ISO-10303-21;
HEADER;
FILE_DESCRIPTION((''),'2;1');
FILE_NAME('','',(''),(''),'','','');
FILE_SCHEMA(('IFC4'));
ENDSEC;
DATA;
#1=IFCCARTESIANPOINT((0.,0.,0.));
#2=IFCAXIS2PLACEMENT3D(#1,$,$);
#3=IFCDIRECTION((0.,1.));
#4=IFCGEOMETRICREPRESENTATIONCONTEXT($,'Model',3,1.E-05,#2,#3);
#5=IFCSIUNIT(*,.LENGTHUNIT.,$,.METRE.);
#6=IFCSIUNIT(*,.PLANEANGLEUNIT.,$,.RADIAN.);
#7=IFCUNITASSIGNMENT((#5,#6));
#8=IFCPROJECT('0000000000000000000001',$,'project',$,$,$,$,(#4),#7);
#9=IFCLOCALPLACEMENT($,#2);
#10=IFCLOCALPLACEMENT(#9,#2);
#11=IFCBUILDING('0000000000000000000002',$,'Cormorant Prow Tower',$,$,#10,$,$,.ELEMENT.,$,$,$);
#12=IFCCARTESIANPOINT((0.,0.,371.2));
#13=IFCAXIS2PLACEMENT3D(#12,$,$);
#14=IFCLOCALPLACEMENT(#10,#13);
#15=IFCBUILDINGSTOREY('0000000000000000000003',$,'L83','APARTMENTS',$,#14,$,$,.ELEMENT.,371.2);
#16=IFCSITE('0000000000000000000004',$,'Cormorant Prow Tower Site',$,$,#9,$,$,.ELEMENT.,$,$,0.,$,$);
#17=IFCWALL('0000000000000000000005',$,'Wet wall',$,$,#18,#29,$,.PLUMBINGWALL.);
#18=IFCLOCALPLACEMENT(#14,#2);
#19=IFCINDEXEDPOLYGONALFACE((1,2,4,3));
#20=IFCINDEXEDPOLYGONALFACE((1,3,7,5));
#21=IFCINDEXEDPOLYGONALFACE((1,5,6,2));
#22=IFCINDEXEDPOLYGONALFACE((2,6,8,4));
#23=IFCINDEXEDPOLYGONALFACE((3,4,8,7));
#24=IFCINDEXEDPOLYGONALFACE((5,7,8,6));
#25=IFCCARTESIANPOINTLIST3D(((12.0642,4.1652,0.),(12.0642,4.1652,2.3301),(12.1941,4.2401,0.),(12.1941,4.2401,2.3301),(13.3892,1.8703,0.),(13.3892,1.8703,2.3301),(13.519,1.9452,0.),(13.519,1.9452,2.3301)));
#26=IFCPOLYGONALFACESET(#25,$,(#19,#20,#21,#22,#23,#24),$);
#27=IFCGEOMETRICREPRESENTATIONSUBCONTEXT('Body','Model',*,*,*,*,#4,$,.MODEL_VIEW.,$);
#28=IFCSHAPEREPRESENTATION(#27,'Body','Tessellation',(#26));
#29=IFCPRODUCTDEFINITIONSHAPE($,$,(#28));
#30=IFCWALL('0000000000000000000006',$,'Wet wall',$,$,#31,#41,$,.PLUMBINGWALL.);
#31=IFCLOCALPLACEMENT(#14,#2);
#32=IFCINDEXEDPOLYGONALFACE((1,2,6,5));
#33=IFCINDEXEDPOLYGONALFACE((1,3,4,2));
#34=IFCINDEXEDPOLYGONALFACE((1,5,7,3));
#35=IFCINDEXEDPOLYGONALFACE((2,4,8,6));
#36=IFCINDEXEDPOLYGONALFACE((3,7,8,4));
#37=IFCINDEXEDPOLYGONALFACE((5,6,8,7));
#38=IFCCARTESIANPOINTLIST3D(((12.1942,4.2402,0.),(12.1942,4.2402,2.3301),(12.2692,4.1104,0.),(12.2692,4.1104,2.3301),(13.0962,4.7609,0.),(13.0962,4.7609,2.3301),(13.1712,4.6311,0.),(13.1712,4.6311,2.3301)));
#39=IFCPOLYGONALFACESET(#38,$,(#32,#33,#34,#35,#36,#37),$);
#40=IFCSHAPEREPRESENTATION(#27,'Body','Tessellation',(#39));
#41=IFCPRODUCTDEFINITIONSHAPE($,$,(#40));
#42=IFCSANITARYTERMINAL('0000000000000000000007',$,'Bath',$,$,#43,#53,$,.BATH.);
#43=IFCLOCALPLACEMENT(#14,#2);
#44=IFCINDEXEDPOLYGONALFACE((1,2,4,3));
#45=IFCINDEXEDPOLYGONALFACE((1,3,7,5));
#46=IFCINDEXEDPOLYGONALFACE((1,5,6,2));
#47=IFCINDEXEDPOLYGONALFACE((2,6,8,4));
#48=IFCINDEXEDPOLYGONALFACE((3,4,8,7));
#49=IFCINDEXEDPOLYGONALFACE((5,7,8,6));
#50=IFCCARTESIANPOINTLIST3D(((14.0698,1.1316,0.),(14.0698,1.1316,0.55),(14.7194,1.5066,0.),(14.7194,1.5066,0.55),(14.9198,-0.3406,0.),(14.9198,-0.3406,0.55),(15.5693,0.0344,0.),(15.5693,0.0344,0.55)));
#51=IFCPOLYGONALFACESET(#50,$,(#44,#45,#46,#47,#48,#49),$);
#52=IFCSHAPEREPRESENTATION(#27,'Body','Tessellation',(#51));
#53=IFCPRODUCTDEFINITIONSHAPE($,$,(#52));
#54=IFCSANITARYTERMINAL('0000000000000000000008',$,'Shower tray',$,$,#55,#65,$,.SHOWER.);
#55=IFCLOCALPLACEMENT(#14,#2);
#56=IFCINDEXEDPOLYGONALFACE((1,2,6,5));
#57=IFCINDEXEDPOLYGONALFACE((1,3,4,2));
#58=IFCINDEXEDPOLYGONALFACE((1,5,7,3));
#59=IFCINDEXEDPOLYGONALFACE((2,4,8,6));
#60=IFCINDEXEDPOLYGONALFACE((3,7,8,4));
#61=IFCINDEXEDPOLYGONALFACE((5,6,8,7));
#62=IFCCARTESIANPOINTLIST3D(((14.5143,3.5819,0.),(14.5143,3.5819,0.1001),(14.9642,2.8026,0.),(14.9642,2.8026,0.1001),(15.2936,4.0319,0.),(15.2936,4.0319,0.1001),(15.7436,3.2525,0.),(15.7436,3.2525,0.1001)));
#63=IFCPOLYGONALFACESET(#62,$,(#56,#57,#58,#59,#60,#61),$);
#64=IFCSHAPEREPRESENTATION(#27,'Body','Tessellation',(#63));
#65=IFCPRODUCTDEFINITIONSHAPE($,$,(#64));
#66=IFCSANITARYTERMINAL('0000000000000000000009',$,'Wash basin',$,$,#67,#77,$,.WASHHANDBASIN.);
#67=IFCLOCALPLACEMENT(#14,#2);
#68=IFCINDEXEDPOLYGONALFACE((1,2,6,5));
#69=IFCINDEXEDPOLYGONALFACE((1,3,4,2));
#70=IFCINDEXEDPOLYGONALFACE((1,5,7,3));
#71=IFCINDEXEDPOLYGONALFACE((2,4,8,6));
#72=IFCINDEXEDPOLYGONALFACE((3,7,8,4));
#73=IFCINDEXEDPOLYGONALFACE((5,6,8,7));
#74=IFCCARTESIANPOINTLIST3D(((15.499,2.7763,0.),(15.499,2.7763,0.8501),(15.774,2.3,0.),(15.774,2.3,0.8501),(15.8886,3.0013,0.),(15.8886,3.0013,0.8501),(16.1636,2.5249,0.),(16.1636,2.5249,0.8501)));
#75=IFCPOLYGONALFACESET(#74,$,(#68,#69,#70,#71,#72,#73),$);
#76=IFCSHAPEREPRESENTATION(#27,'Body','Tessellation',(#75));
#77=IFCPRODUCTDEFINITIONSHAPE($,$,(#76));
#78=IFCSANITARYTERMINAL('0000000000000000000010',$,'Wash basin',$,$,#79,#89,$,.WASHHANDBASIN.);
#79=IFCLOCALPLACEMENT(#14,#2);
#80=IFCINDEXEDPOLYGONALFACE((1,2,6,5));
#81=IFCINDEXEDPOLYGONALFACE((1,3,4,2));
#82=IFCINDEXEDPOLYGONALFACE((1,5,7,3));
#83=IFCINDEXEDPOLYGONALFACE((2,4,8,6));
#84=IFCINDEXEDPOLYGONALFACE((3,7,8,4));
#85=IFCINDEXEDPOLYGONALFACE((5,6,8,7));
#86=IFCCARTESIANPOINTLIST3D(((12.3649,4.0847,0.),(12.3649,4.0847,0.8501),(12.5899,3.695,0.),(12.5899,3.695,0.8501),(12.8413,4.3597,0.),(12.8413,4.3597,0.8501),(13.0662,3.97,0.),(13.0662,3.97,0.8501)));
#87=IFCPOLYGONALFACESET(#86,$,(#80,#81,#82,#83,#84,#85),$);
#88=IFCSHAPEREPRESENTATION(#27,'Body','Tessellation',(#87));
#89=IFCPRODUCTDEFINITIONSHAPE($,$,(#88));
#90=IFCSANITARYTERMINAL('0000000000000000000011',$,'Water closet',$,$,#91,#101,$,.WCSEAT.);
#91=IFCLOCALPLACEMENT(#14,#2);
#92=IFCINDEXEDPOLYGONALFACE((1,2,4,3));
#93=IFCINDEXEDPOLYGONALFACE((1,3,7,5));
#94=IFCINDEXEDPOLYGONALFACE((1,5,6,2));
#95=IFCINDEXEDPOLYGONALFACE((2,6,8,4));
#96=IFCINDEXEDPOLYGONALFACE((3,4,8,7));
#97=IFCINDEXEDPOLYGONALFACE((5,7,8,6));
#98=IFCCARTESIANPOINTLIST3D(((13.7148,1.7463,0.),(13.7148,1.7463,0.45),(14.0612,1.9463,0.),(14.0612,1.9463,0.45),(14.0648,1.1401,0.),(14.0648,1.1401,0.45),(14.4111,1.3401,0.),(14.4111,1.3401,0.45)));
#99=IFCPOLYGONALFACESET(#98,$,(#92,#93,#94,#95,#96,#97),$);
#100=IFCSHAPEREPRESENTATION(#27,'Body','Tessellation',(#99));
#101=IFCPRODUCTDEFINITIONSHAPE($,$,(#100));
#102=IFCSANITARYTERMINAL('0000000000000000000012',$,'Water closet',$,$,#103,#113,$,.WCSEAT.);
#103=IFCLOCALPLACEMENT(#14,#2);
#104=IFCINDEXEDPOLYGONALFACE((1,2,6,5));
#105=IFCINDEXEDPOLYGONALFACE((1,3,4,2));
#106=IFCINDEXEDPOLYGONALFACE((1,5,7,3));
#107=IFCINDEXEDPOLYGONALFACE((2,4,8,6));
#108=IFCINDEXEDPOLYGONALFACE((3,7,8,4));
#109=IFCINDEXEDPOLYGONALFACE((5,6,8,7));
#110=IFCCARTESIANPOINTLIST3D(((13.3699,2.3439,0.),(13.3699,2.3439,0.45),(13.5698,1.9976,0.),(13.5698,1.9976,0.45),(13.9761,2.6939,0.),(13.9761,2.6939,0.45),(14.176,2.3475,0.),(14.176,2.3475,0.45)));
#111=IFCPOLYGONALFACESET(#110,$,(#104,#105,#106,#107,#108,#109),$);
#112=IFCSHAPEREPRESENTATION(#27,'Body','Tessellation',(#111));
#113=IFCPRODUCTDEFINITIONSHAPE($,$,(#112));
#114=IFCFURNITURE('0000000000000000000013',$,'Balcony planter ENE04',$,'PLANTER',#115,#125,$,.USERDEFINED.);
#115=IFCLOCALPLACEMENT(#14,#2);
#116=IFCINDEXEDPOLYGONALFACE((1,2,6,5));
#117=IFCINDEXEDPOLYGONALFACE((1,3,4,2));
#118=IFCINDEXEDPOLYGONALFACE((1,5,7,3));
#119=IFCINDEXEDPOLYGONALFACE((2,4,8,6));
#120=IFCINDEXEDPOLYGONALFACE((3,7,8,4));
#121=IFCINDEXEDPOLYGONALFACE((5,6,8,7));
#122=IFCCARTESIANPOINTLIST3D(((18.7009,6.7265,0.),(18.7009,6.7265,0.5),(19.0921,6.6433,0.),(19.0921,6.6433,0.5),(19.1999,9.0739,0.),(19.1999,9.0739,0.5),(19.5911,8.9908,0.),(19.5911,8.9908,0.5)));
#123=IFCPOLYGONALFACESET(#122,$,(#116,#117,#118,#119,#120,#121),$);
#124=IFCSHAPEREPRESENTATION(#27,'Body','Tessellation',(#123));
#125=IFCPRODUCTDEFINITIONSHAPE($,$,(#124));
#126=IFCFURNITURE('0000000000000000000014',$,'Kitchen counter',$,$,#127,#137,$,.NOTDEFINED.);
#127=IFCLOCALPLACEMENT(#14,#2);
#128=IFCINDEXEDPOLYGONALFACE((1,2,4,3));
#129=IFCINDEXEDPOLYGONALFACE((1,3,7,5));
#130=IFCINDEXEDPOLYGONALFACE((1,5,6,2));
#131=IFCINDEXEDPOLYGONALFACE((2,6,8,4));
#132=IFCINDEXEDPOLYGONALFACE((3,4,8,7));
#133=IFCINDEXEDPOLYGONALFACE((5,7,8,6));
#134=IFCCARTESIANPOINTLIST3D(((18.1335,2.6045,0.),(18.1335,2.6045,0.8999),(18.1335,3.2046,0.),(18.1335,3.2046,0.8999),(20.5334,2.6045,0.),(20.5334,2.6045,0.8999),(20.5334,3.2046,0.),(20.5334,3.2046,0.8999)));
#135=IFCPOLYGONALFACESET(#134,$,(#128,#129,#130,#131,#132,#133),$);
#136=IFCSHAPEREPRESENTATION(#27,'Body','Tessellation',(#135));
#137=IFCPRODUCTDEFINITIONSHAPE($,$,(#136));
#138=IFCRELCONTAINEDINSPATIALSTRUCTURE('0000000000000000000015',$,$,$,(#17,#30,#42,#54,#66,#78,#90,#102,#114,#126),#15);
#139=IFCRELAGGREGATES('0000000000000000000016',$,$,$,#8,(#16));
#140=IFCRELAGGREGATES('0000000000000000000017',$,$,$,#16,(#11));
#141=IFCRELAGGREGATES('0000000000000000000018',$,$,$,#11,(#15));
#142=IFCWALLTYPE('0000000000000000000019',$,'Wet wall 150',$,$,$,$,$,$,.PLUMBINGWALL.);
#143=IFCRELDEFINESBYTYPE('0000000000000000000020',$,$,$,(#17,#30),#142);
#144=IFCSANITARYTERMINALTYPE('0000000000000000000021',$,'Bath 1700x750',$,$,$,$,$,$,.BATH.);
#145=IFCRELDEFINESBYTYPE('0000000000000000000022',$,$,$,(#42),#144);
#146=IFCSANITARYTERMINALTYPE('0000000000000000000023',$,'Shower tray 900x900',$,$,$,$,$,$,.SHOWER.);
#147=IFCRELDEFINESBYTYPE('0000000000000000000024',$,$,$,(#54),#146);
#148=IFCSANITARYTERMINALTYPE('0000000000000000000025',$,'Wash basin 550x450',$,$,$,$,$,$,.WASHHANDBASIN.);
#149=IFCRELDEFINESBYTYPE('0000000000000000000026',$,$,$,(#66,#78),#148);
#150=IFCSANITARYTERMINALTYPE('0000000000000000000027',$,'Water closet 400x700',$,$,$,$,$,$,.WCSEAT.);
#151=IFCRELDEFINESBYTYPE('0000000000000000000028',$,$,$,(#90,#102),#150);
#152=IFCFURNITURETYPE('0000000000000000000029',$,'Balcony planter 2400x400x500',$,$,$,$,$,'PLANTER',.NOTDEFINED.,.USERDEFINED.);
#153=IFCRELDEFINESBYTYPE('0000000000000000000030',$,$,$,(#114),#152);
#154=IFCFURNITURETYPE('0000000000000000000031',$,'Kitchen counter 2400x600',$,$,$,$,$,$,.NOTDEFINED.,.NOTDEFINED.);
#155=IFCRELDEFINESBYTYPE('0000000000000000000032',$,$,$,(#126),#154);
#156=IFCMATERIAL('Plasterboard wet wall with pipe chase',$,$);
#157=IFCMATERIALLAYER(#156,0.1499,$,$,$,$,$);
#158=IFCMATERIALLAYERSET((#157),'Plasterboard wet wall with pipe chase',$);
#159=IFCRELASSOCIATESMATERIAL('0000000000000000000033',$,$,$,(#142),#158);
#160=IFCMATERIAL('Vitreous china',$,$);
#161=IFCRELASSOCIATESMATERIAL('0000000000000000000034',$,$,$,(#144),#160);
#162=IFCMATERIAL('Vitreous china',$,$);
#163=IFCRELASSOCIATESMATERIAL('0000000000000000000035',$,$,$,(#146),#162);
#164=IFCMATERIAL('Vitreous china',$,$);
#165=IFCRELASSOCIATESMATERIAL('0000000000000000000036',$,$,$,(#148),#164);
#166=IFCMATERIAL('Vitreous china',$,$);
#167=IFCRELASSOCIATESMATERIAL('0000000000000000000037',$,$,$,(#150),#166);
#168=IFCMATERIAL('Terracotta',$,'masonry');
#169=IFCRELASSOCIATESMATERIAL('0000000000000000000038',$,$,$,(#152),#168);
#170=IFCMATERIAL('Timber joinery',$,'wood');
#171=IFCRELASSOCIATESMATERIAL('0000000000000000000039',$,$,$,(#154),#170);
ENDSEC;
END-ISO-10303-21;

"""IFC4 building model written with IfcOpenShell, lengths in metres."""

from ifc_helpers import new_model, si_unit, direction, frame, frame_2d, origin, origin_2d, place, context, subcontext, project, spatial, rectangle, extrude, material, layer, layer_set, type_object, element, save


model = new_model("IFC4")

# Units and contexts
model_context = context("Model", 3, precision=1e-05, world=origin(), true_north=direction((0.0, 1.0)))
body_context = subcontext(model_context, "Body", "Model", "MODEL_VIEW")
ifc_project = project(units=[si_unit("LENGTHUNIT", "METRE"), si_unit("PLANEANGLEUNIT", "RADIAN")], contexts=[model_context])

# Site, building, storey
site_placement = place(None, origin())
site = spatial("IfcSite", under=ifc_project, at=site_placement, Name="Cormorant Prow Tower Site", CompositionType="ELEMENT", RefElevation=0.0)
building_placement = place(site_placement, origin())
building = spatial("IfcBuilding", under=site, at=building_placement, Name="Cormorant Prow Tower", CompositionType="ELEMENT")
storey_placement = place(building_placement, frame((0.0, 0.0, 371.2)))
storey = spatial("IfcBuildingStorey", under=building, at=storey_placement, Name="L83", Description="APARTMENTS", CompositionType="ELEMENT", Elevation=371.2)

# Walls
ifc_material_1 = material(Name="Plasterboard wet wall with pipe chase")
ifc_layer_1 = layer(ifc_material_1, 0.1499)
ifc_layer_set_1 = layer_set([ifc_layer_1], Name="Plasterboard wet wall with pipe chase")
wall_type_1 = type_object("IfcWallType", Name="Wet wall 150", PredefinedType="PLUMBINGWALL", material=ifc_layer_set_1)
wall_1_placement = place(storey_placement, frame((12.1292, 4.2026, 0.0), z_axis=(0.0, 0.0, 1.0), x_axis=(0.499994, -0.866029, 0.0)))
element("IfcWall", 1, at=wall_1_placement, inside=storey, type_object=wall_type_1, Name="Wet wall", PredefinedType="PLUMBINGWALL", context=body_context, shape_type="SweptSolid", body=[
    extrude(rectangle(XDim=2.6499, YDim=0.1499, at=frame_2d((1.325, 0.0))), origin(), (0.0, 0.0, 1.0), 2.3301),
])
wall_2_placement = place(storey_placement, frame((12.2317, 4.1753, 0.0), z_axis=(0.0, 0.0, 1.0), x_axis=(0.866057, 0.499946, 0.0)))
element("IfcWall", 2, at=wall_2_placement, inside=storey, type_object=wall_type_1, Name="Wet wall", PredefinedType="PLUMBINGWALL", context=body_context, shape_type="SweptSolid", body=[
    extrude(rectangle(XDim=1.0415, YDim=0.1499, at=frame_2d((0.5208, 0.0))), origin(), (0.0, 0.0, 1.0), 2.3301),
])

# Sanitary terminals
ifc_material_2 = material(Name="Vitreous china")
sanitary_terminal_type_1 = type_object("IfcSanitaryTerminalType", Name="Bath 1700x750", PredefinedType="BATH", material=ifc_material_2)
sanitary_terminal_1_placement = place(storey_placement, frame((14.8196, 0.583, 0.0), z_axis=(0.0, 0.0, 1.0), x_axis=(-0.5, 0.866025, 0.0)))
element("IfcSanitaryTerminal", 3, at=sanitary_terminal_1_placement, inside=storey, type_object=sanitary_terminal_type_1, Name="Bath", PredefinedType="BATH", context=body_context, shape_type="SweptSolid", body=[
    extrude(rectangle(XDim=1.7, YDim=0.75, at=origin_2d()), origin(), (0.0, 0.0, 1.0), 0.55),
])
ifc_material_3 = material(Name="Vitreous china")
sanitary_terminal_type_2 = type_object("IfcSanitaryTerminalType", Name="Shower tray 900x900", PredefinedType="SHOWER", material=ifc_material_3)
sanitary_terminal_2_placement = place(storey_placement, frame((15.1289, 3.4172, 0.0), z_axis=(0.0, 0.0, 1.0), x_axis=(-0.866025, -0.5, 0.0)))
element("IfcSanitaryTerminal", 4, at=sanitary_terminal_2_placement, inside=storey, type_object=sanitary_terminal_type_2, Name="Shower tray", PredefinedType="SHOWER", context=body_context, shape_type="SweptSolid", body=[
    extrude(rectangle(XDim=0.8999, YDim=0.8999, at=origin_2d()), origin(), (0.0, 0.0, 1.0), 0.1001),
])
ifc_material_4 = material(Name="Vitreous china")
sanitary_terminal_type_3 = type_object("IfcSanitaryTerminalType", Name="Wash basin 550x450", PredefinedType="WASHHANDBASIN", material=ifc_material_4)
for number, where, z_axis, x_axis, name in (
    (5, (15.8313, 2.6506, 0.0), (0.0, 0.0, 1.0), (0.5, -0.866025, 0.0), "Wash basin"),
    (6, (12.7156, 4.0273, 0.0), (0.0, 0.0, 1.0), (0.866025, 0.5, 0.0), "Wash basin"),
):
    element("IfcSanitaryTerminal", number, at=place(storey_placement, frame(where, z_axis=z_axis, x_axis=x_axis)), inside=storey, type_object=sanitary_terminal_type_3, Name=name, PredefinedType="WASHHANDBASIN", context=body_context, shape_type="SweptSolid", body=[
        extrude(rectangle(XDim=0.55, YDim=0.45, at=origin_2d()), origin(), (0.0, 0.0, 1.0), 0.8501),
    ])
ifc_material_5 = material(Name="Vitreous china")
sanitary_terminal_type_4 = type_object("IfcSanitaryTerminalType", Name="Water closet 400x700", PredefinedType="WCSEAT", material=ifc_material_5)
for number, where, z_axis, x_axis, name in (
    (7, (14.063, 1.5432, 0.0), (0.0, 0.0, 1.0), (0.866025, 0.5, 0.0), "Water closet"),
    (8, (13.7729, 2.3457, 0.0), (0.0, 0.0, 1.0), (-0.5, 0.866025, 0.0), "Water closet"),
):
    element("IfcSanitaryTerminal", number, at=place(storey_placement, frame(where, z_axis=z_axis, x_axis=x_axis)), inside=storey, type_object=sanitary_terminal_type_4, Name=name, PredefinedType="WCSEAT", context=body_context, shape_type="SweptSolid", body=[
        extrude(rectangle(XDim=0.3999, YDim=0.7, at=origin_2d()), origin(), (0.0, 0.0, 1.0), 0.45),
    ])

# Furniture
ifc_material_6 = material(Name="Terracotta", Category="masonry")
furniture_type_1 = type_object("IfcFurnitureType", Name="Balcony planter 2400x400x500", ElementType="PLANTER", AssemblyPlace="NOTDEFINED", PredefinedType="USERDEFINED", material=ifc_material_6)
furniture_1_placement = place(storey_placement, frame((19.146, 7.8586, 0.0), z_axis=(0.0, 0.0, 1.0), x_axis=(0.207912, 0.978148, 0.0)))
element("IfcFurniture", 9, at=furniture_1_placement, inside=storey, type_object=furniture_type_1, Name="Balcony planter ENE04", ObjectType="PLANTER", PredefinedType="USERDEFINED", context=body_context, shape_type="SweptSolid", body=[
    extrude(rectangle(XDim=2.3999, YDim=0.3999, at=origin_2d()), origin(), (0.0, 0.0, 1.0), 0.5),
])
ifc_material_7 = material(Name="Timber joinery", Category="wood")
furniture_type_2 = type_object("IfcFurnitureType", Name="Kitchen counter 2400x600", AssemblyPlace="NOTDEFINED", PredefinedType="NOTDEFINED", material=ifc_material_7)
furniture_2_placement = place(storey_placement, frame((19.3335, 2.9045, 0.0), z_axis=(0.0, 0.0, 1.0), x_axis=(1.0, 0.0, 0.0)))
element("IfcFurniture", 10, at=furniture_2_placement, inside=storey, type_object=furniture_type_2, Name="Kitchen counter", PredefinedType="NOTDEFINED", context=body_context, shape_type="SweptSolid", body=[
    extrude(rectangle(XDim=2.3999, YDim=0.6001, at=origin_2d()), origin(), (0.0, 0.0, 1.0), 0.8999),
])

save(model, "model.ifc")
